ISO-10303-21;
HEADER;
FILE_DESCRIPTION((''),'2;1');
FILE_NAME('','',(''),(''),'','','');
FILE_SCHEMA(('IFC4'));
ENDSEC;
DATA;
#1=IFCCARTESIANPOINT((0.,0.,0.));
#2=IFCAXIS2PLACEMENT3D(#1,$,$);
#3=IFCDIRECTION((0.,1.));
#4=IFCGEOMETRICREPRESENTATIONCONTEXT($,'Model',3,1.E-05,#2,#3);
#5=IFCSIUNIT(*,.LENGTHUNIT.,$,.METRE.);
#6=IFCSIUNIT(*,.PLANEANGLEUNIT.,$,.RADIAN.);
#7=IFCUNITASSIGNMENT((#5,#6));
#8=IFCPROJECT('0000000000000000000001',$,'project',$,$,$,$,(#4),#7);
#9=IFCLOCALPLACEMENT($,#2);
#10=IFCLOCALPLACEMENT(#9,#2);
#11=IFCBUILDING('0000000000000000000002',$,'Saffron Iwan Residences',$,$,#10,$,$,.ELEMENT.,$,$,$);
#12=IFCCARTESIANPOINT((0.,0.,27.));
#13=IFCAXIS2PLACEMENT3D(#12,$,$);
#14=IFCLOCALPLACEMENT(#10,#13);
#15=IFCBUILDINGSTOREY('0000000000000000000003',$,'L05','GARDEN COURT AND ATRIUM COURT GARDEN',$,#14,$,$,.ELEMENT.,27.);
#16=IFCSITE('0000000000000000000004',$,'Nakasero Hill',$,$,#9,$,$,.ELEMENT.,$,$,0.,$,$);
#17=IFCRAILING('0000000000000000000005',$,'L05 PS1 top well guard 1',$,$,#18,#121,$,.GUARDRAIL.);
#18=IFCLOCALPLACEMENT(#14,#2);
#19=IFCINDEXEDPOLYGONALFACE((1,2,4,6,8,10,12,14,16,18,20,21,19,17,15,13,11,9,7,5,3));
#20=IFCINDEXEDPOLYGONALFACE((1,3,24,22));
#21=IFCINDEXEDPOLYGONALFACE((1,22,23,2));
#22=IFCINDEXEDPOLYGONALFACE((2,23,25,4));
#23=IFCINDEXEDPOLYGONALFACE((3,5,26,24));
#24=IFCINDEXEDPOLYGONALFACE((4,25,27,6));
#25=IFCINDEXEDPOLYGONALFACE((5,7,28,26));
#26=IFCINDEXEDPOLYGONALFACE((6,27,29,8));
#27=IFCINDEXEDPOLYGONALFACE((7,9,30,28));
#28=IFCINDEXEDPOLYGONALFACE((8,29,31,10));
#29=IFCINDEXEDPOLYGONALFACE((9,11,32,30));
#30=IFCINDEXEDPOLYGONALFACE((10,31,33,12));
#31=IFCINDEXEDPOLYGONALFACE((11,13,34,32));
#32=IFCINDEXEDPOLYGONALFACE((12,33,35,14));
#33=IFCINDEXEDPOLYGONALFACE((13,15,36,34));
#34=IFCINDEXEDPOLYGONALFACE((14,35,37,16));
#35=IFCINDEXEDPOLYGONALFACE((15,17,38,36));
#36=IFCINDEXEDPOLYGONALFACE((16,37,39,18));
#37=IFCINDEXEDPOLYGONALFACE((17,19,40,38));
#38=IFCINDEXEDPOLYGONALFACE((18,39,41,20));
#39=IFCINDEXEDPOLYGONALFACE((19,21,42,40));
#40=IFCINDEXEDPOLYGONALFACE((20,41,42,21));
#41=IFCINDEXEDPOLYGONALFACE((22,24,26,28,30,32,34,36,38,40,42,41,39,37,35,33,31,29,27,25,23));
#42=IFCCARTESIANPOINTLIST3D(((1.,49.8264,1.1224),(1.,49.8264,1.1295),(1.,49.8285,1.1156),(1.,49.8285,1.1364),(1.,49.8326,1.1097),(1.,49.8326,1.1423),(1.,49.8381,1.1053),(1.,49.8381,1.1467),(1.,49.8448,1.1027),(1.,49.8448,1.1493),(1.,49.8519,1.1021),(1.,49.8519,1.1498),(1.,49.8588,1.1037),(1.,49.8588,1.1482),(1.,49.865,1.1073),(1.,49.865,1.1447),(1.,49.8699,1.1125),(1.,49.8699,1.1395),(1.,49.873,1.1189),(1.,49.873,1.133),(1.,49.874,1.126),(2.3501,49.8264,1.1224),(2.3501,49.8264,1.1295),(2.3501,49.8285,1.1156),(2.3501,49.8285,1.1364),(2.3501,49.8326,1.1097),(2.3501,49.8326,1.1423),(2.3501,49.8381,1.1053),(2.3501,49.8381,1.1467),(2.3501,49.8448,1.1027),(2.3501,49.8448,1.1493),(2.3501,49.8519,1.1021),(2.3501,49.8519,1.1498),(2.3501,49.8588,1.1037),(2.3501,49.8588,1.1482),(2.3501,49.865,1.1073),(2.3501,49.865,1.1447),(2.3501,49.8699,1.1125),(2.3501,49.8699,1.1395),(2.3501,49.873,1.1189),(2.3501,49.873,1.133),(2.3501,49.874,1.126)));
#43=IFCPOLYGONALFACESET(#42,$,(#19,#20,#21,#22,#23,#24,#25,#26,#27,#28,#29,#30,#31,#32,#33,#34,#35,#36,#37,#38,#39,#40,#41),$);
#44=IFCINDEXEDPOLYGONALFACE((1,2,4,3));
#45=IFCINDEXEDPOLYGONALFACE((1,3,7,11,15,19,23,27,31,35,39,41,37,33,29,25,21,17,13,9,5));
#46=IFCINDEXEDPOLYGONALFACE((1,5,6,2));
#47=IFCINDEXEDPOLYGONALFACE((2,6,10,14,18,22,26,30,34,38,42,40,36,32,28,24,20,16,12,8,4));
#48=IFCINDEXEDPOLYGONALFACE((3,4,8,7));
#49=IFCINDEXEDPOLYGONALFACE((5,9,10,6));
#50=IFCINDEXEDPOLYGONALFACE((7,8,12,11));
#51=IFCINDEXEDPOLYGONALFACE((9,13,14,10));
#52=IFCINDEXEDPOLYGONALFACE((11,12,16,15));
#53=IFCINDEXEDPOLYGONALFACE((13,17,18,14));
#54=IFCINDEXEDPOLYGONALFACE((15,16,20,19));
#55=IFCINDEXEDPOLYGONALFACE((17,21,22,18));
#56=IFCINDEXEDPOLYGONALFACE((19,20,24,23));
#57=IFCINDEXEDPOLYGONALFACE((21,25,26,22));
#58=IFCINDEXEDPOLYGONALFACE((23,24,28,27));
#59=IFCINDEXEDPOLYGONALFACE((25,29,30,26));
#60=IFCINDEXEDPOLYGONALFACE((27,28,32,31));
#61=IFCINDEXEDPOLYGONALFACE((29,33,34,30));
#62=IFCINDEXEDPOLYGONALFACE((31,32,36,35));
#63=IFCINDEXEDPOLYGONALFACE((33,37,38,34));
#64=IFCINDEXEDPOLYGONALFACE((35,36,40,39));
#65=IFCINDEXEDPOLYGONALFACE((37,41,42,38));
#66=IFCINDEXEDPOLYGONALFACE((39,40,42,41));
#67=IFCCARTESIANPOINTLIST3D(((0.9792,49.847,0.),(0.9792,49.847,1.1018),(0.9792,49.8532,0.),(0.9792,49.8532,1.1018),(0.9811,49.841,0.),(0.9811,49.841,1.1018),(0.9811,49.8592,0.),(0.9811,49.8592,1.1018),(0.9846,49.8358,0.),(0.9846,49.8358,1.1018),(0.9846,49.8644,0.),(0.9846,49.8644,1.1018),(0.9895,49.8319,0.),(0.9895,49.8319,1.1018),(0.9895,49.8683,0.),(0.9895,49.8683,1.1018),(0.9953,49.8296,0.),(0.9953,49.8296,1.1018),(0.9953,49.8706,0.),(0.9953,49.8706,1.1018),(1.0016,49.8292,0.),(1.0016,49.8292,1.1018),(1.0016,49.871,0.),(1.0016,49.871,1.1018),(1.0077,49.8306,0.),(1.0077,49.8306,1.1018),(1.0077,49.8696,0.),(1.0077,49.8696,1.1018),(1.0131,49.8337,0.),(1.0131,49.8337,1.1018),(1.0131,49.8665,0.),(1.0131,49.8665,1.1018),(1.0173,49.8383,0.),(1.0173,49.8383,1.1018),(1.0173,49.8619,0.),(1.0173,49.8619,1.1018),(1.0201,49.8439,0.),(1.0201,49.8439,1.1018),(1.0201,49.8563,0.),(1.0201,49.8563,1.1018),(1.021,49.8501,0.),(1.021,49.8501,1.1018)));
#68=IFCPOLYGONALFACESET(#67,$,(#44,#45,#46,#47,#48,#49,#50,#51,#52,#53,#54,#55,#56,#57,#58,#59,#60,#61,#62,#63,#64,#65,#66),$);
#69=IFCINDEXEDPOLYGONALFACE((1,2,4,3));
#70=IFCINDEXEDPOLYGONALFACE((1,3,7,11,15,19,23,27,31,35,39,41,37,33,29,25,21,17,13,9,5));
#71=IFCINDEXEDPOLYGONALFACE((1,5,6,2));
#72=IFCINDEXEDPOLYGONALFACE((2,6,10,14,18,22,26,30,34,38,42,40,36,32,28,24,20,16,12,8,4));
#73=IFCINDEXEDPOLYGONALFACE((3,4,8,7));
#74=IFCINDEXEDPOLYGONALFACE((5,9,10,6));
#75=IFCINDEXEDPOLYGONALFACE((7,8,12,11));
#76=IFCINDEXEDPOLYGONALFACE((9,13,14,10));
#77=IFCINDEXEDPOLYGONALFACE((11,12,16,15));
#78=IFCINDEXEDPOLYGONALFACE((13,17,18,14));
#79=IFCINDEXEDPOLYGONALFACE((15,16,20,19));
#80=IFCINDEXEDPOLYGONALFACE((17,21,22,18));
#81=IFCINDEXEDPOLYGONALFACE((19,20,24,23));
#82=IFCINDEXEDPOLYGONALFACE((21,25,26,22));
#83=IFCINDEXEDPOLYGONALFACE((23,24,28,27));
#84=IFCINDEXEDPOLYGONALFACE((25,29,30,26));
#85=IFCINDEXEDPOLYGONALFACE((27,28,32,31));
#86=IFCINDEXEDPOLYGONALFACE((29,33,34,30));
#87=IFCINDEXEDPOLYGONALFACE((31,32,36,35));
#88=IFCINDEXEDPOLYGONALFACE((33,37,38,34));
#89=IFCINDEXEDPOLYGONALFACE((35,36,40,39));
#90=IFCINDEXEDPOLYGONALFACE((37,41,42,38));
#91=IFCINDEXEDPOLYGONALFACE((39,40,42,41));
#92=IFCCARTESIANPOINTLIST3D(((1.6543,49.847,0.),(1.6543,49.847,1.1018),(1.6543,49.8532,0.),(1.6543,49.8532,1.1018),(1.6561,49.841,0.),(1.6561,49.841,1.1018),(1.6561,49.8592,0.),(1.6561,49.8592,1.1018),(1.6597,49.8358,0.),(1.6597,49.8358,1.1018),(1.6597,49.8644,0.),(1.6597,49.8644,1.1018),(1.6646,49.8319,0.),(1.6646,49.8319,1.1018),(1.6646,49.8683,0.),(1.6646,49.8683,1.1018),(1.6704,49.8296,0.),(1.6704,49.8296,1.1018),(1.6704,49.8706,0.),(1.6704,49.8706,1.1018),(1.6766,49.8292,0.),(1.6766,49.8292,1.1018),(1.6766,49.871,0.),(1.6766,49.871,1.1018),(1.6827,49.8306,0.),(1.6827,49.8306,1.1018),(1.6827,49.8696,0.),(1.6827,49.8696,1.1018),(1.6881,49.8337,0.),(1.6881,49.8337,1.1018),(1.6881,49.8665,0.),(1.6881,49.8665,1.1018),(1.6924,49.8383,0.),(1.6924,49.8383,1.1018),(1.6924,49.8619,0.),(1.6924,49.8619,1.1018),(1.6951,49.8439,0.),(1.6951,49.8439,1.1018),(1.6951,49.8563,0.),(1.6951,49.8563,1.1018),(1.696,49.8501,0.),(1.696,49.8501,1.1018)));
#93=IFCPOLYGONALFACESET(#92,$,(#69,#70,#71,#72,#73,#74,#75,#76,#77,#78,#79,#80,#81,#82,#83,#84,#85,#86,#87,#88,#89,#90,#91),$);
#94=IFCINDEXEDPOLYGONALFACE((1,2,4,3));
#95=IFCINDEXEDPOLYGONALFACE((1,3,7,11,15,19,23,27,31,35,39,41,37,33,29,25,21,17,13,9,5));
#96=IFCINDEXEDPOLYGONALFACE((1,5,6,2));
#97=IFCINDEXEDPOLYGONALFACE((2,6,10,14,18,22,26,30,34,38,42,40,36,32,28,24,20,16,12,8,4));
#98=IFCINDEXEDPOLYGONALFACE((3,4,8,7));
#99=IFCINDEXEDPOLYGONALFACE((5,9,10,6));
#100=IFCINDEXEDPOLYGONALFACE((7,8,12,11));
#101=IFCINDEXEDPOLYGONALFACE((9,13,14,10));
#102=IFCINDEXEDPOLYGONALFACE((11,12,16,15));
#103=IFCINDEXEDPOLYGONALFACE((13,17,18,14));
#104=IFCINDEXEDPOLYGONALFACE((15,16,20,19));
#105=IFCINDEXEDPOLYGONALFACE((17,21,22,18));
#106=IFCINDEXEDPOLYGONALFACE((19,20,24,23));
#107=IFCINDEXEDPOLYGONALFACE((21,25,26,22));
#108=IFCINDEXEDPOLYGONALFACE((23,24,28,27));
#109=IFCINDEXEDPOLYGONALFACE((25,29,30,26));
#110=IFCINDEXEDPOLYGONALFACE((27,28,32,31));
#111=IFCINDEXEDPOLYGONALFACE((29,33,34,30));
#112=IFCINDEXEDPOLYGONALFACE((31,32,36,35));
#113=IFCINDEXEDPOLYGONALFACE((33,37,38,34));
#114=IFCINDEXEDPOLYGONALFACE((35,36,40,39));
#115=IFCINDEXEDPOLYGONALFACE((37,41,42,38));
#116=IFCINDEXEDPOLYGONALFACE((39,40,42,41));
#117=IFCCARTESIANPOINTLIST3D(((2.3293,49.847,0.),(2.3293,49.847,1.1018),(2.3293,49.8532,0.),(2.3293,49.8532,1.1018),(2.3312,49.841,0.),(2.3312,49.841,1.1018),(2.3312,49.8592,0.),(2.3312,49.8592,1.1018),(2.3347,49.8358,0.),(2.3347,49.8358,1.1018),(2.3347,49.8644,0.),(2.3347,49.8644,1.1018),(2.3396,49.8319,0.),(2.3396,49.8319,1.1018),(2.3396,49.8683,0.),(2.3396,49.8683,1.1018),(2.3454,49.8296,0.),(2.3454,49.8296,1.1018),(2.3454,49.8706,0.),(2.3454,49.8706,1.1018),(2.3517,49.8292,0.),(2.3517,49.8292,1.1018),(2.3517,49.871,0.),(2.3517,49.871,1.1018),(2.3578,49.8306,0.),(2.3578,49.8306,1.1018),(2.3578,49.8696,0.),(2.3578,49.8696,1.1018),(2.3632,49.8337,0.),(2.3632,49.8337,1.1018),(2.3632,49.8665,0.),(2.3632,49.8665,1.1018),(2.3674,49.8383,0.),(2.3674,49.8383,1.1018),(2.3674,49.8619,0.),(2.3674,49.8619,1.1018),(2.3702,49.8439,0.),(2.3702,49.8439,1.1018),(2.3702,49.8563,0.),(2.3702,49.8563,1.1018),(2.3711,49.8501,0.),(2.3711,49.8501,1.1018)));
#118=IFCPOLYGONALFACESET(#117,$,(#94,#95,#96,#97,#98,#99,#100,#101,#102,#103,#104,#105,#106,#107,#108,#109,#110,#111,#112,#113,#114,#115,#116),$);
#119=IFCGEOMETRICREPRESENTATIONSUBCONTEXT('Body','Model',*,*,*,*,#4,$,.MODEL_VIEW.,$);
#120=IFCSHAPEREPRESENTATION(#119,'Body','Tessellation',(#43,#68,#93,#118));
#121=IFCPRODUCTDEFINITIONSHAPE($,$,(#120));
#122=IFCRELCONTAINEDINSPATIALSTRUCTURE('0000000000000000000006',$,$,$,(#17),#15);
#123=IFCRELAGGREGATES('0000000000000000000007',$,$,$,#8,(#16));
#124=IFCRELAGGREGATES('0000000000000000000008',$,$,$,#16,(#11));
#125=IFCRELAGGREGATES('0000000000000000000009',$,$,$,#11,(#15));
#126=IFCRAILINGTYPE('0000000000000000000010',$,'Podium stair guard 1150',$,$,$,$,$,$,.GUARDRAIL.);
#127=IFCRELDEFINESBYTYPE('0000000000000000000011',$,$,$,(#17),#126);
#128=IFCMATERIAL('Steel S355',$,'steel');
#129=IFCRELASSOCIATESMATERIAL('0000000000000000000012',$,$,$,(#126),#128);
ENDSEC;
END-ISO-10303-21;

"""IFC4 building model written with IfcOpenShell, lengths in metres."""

from ifc_helpers import new_model, si_unit, direction, frame, origin, origin_2d, place, context, subcontext, project, spatial, circle, extrude, material, type_object, element, save


model = new_model("IFC4")

# Units and contexts
model_context = context("Model", 3, precision=1e-05, world=origin(), true_north=direction((0.0, 1.0)))
body_context = subcontext(model_context, "Body", "Model", "MODEL_VIEW")
ifc_project = project(units=[si_unit("LENGTHUNIT", "METRE"), si_unit("PLANEANGLEUNIT", "RADIAN")], contexts=[model_context])

# Site, building, storey
site_placement = place(None, origin())
site = spatial("IfcSite", under=ifc_project, at=site_placement, Name="Nakasero Hill", CompositionType="ELEMENT", RefElevation=0.0)
building_placement = place(site_placement, origin())
building = spatial("IfcBuilding", under=site, at=building_placement, Name="Saffron Iwan Residences", CompositionType="ELEMENT")
storey_placement = place(building_placement, frame((0.0, 0.0, 27.0)))
storey = spatial("IfcBuildingStorey", under=building, at=storey_placement, Name="L05", Description="GARDEN COURT AND ATRIUM COURT GARDEN", CompositionType="ELEMENT", Elevation=27.0)

# Railing
ifc_material_1 = material(Name="Steel S355", Category="steel")
railing_type_1 = type_object("IfcRailingType", Name="Podium stair guard 1150", PredefinedType="GUARDRAIL", material=ifc_material_1)
railing_1_placement = place(storey_placement, frame((1.0, 49.8501, 0.0)))
element("IfcRailing", 1, at=railing_1_placement, inside=storey, type_object=railing_type_1, Name="L05 PS1 top well guard 1", PredefinedType="GUARDRAIL", context=body_context, shape_type="SweptSolid", body=[
    extrude(circle(Radius=0.0239, at=origin_2d()), frame((0.0, 0.0, 1.126), z_axis=(1.0, 0.0, 0.0), x_axis=(0.0, 1.0, 0.0)), (0.0, 0.0, 1.0), 1.3501),
    extrude(circle(Radius=0.021, at=origin_2d()), origin(), (0.0, 0.0, 1.0), 1.1018),
    extrude(circle(Radius=0.021, at=origin_2d()), frame((0.675, 0.0, 0.0)), (0.0, 0.0, 1.0), 1.1018),
    extrude(circle(Radius=0.021, at=origin_2d()), frame((1.3501, 0.0, 0.0)), (0.0, 0.0, 1.0), 1.1018),
])

save(model, "model.ifc")
